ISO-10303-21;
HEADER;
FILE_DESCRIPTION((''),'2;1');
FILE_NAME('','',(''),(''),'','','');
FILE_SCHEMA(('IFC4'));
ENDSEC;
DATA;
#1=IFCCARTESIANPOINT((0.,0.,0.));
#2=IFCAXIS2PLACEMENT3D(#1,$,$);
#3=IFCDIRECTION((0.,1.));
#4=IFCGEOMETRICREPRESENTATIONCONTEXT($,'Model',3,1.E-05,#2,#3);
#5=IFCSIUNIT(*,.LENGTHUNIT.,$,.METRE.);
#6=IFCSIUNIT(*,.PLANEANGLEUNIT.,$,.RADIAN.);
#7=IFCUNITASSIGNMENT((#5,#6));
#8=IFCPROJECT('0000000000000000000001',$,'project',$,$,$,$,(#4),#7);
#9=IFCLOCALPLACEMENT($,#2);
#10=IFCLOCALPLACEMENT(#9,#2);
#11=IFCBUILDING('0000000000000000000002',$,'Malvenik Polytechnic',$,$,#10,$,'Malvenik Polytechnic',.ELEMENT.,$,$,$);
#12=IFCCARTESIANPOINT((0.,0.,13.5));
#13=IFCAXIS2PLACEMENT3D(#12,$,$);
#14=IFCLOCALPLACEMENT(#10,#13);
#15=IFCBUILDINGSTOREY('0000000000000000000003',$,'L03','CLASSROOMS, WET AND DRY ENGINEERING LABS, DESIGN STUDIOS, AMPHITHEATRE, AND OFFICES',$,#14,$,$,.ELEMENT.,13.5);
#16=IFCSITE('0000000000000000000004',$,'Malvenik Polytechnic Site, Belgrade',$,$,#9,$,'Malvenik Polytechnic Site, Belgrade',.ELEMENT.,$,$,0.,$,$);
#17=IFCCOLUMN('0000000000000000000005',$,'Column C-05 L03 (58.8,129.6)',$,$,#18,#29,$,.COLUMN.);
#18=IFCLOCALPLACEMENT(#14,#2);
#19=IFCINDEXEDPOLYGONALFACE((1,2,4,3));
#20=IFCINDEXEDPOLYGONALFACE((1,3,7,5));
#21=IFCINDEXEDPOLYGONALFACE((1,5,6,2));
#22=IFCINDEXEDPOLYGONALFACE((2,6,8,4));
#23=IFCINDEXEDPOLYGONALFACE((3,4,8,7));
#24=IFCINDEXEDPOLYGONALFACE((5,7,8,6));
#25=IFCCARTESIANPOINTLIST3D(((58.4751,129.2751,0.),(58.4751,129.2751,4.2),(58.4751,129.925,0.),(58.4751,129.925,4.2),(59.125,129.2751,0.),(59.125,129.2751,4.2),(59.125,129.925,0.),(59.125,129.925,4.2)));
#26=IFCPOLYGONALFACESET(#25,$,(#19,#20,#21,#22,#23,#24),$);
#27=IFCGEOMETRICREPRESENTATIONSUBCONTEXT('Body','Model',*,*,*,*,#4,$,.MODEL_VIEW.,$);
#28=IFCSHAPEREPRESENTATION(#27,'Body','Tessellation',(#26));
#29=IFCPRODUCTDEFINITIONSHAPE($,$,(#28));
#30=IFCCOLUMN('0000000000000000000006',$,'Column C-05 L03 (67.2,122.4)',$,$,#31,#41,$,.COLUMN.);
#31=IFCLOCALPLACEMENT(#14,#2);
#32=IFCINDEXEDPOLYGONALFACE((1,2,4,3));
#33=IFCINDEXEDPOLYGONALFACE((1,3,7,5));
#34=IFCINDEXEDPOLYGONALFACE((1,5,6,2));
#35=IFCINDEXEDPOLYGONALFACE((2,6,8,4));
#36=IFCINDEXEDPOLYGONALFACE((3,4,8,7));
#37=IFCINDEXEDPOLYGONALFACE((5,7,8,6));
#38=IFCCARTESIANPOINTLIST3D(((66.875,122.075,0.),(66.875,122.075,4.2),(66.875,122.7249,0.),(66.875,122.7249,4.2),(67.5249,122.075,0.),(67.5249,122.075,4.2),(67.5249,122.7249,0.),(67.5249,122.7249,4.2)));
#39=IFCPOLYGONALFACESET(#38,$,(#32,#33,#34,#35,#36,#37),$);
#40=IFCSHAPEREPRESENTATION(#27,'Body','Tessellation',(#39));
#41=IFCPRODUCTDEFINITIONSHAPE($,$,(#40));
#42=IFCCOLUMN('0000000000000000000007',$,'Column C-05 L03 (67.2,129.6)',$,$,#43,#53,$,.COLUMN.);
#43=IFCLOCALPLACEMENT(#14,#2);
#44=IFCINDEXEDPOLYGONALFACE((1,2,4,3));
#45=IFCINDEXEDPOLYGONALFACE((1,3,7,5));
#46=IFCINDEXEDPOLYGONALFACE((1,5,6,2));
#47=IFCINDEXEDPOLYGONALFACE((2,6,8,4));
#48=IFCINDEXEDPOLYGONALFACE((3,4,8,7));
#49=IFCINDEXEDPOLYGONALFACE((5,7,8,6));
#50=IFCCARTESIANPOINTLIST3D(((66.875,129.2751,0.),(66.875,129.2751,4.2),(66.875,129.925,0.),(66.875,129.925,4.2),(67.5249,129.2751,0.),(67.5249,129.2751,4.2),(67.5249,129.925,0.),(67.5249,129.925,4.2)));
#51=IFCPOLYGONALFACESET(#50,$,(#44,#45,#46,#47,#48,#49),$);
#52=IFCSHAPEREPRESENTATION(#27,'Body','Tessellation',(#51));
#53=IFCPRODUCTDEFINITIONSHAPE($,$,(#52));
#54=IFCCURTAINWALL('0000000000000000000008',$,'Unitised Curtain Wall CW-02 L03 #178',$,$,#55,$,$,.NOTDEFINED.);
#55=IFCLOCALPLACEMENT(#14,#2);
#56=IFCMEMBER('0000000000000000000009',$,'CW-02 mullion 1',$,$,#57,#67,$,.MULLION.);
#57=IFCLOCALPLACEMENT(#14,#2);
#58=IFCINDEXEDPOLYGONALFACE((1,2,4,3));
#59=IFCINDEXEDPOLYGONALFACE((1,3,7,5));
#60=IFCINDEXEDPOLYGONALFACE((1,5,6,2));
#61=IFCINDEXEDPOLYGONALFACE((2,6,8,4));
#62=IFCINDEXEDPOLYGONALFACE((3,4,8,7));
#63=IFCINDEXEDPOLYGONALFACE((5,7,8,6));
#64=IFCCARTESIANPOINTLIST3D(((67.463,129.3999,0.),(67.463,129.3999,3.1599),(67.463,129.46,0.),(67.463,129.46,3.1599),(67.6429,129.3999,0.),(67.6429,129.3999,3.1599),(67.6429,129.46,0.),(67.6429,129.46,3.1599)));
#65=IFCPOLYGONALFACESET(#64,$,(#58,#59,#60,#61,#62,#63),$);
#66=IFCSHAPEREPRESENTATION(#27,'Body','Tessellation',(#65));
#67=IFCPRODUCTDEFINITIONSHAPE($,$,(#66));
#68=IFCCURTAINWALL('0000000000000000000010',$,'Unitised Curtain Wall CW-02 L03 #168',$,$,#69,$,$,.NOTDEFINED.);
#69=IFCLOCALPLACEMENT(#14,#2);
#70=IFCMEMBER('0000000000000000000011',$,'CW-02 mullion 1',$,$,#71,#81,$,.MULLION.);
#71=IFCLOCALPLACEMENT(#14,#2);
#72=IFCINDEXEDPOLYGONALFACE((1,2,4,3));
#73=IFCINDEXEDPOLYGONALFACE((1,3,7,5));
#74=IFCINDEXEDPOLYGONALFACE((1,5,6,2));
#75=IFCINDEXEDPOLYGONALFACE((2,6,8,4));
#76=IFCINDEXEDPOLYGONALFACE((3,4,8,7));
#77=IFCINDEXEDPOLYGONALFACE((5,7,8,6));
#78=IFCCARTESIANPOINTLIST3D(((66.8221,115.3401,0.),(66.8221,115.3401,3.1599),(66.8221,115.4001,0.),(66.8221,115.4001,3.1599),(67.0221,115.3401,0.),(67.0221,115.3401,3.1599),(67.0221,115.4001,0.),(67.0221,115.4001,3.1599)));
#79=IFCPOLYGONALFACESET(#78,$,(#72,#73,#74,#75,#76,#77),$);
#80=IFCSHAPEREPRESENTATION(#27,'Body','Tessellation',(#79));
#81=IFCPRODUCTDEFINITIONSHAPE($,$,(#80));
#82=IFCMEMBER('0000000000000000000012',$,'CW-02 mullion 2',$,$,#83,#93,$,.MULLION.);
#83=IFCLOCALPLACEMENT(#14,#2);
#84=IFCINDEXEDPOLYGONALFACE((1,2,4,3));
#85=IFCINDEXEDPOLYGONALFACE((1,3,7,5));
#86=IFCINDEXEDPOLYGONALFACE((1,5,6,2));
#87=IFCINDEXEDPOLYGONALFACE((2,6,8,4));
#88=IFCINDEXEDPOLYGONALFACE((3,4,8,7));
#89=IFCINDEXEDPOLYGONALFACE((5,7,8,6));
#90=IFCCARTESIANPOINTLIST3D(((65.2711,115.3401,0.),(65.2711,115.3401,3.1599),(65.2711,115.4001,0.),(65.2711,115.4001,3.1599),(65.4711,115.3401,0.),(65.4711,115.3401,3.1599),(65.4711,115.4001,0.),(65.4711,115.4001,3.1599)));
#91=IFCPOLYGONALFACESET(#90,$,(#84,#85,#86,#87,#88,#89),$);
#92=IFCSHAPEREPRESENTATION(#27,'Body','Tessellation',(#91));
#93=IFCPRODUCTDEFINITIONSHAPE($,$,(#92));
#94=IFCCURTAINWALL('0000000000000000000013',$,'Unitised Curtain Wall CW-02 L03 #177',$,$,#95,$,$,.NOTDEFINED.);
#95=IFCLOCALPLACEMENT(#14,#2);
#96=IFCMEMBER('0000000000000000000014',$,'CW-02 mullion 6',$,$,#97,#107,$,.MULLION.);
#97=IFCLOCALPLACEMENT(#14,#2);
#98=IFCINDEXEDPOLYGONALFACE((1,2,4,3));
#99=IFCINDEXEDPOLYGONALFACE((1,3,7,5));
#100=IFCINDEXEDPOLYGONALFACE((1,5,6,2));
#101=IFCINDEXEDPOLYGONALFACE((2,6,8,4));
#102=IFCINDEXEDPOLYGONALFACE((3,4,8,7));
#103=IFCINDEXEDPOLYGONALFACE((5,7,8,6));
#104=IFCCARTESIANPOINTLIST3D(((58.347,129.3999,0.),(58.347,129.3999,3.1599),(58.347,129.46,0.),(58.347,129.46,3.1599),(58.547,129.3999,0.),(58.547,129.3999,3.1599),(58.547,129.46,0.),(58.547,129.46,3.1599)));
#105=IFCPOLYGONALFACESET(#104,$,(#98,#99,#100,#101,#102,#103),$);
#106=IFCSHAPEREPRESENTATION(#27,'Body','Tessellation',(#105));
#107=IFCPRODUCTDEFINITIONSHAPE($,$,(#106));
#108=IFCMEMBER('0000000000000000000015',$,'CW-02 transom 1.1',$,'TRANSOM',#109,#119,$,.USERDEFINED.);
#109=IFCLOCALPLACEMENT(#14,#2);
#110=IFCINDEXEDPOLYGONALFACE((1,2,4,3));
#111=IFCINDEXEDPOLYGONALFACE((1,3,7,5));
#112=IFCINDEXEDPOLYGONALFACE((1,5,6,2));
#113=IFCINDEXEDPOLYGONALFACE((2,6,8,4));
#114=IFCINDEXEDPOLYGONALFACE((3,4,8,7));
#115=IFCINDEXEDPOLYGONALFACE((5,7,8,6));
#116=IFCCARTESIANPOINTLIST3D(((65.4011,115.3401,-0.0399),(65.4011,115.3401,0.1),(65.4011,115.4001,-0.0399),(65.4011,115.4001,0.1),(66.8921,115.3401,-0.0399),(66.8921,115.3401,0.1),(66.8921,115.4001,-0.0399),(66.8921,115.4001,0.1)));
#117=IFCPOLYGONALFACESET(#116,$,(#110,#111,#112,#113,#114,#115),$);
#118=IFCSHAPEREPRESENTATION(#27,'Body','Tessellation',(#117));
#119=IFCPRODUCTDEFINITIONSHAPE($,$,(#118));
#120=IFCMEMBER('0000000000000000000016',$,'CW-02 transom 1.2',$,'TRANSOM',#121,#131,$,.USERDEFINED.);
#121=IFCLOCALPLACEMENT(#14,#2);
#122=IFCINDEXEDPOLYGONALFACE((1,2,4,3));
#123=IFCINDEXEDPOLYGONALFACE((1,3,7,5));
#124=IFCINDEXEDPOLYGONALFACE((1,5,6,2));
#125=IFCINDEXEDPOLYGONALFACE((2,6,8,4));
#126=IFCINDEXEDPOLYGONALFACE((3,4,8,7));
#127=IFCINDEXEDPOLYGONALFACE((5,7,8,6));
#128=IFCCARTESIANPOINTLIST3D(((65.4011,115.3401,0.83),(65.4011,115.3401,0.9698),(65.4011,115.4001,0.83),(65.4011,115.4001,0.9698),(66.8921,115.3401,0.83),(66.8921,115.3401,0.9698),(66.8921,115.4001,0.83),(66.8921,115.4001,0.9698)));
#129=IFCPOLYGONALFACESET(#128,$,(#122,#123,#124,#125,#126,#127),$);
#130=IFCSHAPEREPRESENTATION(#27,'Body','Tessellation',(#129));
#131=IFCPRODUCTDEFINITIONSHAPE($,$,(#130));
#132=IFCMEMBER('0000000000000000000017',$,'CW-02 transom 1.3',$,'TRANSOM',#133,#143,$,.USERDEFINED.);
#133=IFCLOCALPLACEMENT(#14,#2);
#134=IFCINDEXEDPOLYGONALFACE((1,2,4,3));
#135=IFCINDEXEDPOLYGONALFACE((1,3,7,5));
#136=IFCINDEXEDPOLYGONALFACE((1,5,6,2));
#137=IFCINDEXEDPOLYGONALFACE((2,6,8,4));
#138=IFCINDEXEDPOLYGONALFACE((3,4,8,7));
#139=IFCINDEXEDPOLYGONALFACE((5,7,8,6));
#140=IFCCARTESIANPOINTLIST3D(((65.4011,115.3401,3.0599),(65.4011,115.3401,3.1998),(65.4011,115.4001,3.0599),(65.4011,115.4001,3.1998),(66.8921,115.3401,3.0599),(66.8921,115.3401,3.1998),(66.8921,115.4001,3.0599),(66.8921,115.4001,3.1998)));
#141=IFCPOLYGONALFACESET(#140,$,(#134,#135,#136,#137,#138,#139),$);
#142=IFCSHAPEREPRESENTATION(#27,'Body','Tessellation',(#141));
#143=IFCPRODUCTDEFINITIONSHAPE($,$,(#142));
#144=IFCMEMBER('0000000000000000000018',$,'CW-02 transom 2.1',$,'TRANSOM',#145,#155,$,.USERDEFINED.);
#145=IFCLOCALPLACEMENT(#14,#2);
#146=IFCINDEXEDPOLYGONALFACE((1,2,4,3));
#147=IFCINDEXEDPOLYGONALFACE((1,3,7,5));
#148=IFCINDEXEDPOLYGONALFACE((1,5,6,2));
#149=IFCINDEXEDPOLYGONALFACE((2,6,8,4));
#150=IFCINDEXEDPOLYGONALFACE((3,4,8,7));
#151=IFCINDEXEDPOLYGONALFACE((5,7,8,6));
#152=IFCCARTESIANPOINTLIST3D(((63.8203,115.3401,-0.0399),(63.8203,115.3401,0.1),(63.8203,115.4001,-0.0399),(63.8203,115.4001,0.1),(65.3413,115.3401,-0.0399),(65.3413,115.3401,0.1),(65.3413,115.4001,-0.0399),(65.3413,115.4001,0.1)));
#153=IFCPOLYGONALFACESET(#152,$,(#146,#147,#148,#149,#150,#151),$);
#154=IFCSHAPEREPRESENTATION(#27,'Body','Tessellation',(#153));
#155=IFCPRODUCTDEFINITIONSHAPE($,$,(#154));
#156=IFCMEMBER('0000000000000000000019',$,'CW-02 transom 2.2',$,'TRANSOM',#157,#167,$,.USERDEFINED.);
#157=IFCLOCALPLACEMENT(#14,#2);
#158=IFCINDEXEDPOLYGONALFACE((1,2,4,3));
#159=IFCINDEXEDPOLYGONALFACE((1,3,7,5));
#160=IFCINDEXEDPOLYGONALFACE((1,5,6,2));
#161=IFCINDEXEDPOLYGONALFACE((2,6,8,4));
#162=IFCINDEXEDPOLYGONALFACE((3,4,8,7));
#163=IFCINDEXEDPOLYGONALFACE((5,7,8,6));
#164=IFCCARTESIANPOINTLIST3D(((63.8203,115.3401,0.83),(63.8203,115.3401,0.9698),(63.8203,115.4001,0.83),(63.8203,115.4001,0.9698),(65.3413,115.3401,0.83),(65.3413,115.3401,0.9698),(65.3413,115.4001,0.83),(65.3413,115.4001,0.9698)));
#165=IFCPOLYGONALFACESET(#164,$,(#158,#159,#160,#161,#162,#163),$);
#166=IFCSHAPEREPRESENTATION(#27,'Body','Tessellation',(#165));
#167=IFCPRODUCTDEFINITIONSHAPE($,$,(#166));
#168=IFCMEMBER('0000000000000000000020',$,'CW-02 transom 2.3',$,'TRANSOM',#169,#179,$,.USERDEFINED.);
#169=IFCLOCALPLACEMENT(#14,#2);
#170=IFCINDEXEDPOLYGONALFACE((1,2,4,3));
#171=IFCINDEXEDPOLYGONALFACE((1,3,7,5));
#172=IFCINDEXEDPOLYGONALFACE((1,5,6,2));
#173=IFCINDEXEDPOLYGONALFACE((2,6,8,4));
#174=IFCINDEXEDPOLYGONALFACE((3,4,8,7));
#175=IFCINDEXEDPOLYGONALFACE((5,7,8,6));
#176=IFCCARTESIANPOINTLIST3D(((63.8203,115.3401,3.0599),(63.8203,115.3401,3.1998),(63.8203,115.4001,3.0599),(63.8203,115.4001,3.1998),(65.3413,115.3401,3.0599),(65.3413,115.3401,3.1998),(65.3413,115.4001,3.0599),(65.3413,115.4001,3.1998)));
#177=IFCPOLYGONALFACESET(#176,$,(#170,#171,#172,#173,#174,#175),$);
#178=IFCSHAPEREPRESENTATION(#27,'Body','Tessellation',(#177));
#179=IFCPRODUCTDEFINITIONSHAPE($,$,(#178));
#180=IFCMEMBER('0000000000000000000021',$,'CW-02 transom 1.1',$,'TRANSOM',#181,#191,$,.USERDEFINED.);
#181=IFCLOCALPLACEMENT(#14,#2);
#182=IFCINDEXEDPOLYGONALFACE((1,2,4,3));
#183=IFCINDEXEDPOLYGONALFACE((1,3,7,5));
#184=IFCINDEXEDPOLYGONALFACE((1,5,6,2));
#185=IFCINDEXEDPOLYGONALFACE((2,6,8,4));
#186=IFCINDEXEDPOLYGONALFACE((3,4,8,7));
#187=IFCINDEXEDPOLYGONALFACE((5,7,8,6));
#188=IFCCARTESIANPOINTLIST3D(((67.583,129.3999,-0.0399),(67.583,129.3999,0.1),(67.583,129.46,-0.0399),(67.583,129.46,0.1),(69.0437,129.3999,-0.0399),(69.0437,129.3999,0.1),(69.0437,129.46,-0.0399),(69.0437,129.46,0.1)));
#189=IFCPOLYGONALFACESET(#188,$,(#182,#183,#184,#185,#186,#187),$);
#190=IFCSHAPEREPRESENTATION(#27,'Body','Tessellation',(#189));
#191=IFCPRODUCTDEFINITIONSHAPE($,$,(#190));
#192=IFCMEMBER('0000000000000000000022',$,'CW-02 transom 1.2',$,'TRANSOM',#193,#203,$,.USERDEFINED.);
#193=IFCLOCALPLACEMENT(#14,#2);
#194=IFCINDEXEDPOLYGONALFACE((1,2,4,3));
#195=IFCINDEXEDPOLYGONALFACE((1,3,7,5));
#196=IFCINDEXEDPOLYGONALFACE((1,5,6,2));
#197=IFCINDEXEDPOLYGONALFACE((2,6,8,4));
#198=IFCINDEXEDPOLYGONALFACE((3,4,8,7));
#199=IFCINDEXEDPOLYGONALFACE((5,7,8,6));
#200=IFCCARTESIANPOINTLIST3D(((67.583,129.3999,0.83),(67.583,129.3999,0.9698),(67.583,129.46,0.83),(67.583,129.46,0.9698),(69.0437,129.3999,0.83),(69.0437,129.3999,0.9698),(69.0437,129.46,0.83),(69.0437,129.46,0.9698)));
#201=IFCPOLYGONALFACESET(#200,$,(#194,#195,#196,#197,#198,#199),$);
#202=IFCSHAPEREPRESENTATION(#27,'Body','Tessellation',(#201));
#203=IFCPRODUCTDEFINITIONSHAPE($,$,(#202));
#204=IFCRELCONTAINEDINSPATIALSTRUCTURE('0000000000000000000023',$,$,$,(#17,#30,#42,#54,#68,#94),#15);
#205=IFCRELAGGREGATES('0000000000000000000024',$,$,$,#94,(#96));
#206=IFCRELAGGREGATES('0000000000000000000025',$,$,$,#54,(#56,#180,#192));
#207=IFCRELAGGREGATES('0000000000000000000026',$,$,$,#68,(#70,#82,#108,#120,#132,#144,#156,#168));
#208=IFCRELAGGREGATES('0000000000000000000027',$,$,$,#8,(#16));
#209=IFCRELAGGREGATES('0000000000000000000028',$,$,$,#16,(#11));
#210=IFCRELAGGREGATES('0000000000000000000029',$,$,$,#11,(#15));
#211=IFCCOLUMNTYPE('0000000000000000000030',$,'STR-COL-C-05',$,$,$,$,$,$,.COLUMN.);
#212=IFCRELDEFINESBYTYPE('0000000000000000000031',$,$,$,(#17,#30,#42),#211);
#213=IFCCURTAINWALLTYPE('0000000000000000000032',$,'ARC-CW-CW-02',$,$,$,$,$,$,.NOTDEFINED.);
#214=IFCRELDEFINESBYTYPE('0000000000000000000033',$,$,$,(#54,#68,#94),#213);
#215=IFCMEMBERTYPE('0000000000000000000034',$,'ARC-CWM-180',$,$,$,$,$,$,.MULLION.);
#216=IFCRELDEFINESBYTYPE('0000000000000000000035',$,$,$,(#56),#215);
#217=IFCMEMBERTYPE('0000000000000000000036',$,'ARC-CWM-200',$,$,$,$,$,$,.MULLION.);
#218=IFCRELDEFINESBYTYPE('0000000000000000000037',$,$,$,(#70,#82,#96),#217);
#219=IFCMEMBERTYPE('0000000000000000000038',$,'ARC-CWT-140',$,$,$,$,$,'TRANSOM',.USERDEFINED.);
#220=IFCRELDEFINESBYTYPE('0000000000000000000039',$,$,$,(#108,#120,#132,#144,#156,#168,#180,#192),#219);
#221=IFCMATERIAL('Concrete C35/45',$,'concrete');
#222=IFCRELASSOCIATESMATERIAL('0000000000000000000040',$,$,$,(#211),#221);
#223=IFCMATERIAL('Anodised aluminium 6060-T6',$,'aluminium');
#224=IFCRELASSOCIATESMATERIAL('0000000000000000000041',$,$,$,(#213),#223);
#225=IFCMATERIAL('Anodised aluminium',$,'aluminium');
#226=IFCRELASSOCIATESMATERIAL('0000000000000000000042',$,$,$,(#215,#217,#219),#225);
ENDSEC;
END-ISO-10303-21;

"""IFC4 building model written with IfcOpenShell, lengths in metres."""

from ifc_helpers import new_model, si_unit, direction, frame, origin, origin_2d, place, context, subcontext, project, spatial, rectangle, extrude, material, material_profile, profile_set, type_object, element, aggregate, save


model = new_model("IFC4")

# Units and contexts
model_context = context("Model", 3, precision=1e-05, world=origin(), true_north=direction((0.0, 1.0)))
body_context = subcontext(model_context, "Body", "Model", "MODEL_VIEW")
ifc_project = project(units=[si_unit("LENGTHUNIT", "METRE"), si_unit("PLANEANGLEUNIT", "RADIAN")], contexts=[model_context])

# Site, building, storey
site_placement = place(None, origin())
site = spatial("IfcSite", under=ifc_project, at=site_placement, Name="Malvenik Polytechnic Site, Belgrade", LongName="Malvenik Polytechnic Site, Belgrade", CompositionType="ELEMENT", RefElevation=0.0)
building_placement = place(site_placement, origin())
building = spatial("IfcBuilding", under=site, at=building_placement, Name="Malvenik Polytechnic", LongName="Malvenik Polytechnic", CompositionType="ELEMENT")
storey_placement = place(building_placement, frame((0.0, 0.0, 13.5)))
storey = spatial("IfcBuildingStorey", under=building, at=storey_placement, Name="L03", Description="CLASSROOMS, WET AND DRY ENGINEERING LABS, DESIGN STUDIOS, AMPHITHEATRE, AND OFFICES", CompositionType="ELEMENT", Elevation=13.5)

# Columns
ifc_material_1 = material(Name="Concrete C35/45", Category="concrete")
ifc_material_profile_1 = material_profile(ifc_material_1, rectangle(XDim=0.6499, YDim=0.6499, at=origin_2d()), Name="RC COL 650x650")
ifc_profile_set_1 = profile_set([ifc_material_profile_1], Name="Concrete C35/45")
column_type = type_object("IfcColumnType", Name="STR-COL-C-05", PredefinedType="COLUMN", material=ifc_profile_set_1)
for number, where, z_axis, x_axis, name in (
    (1, (58.8, 129.6001, 0.0), (0.0, 0.0, 1.0), (1.0, 0.0, 0.0), "Column C-05 L03 (58.8,129.6)"),
    (2, (67.2, 122.3999, 0.0), (0.0, 0.0, 1.0), (1.0, 0.0, 0.0), "Column C-05 L03 (67.2,122.4)"),
    (3, (67.2, 129.6001, 0.0), (0.0, 0.0, 1.0), (1.0, 0.0, 0.0), "Column C-05 L03 (67.2,129.6)"),
):
    element("IfcColumn", number, at=place(storey_placement, frame(where, z_axis=z_axis, x_axis=x_axis)), inside=storey, type_object=column_type, Name=name, PredefinedType="COLUMN", context=body_context, shape_type="SweptSolid", body=[
        extrude(rectangle(XDim=0.6499, YDim=0.6499, at=origin_2d()), origin(), (0.0, 0.0, 1.0), 4.2),
    ])

# Curtain wall, member
ifc_material_2 = material(Name="Anodised aluminium 6060-T6", Category="aluminium")
curtain_wall_type = type_object("IfcCurtainWallType", Name="ARC-CW-CW-02", PredefinedType="NOTDEFINED", material=ifc_material_2)
curtain_wall_1_placement = place(storey_placement, origin())
curtain_wall_1 = element("IfcCurtainWall", 4, at=curtain_wall_1_placement, inside=storey, type_object=curtain_wall_type, Name="Unitised Curtain Wall CW-02 L03 #178", PredefinedType="NOTDEFINED")
ifc_material_3 = material(Name="Anodised aluminium", Category="aluminium")
ifc_material_profile_2 = material_profile(ifc_material_3, rectangle(XDim=0.0601, YDim=0.1799, at=origin_2d()), Name="ALU MULLION 60x180")
ifc_profile_set_2 = profile_set([ifc_material_profile_2], Name="Anodised aluminium")
member_type_1 = type_object("IfcMemberType", Name="ARC-CWM-180", PredefinedType="MULLION", material=ifc_profile_set_2)
member_1_placement = place(storey_placement, frame((67.553, 129.4299, 0.0), z_axis=(0.0, 0.0, 1.0), x_axis=(0.0, 1.0, 0.0)))
member_1 = element("IfcMember", 5, at=member_1_placement, type_object=member_type_1, Name="CW-02 mullion 1", PredefinedType="MULLION", context=body_context, shape_type="SweptSolid", body=[
    extrude(rectangle(XDim=0.0601, YDim=0.1799, at=origin_2d()), origin(), (0.0, 0.0, 1.0), 3.1599),
])

# Curtain wall, members
curtain_wall_2_placement = place(storey_placement, origin())
curtain_wall_2 = element("IfcCurtainWall", 6, at=curtain_wall_2_placement, inside=storey, type_object=curtain_wall_type, Name="Unitised Curtain Wall CW-02 L03 #168", PredefinedType="NOTDEFINED")
ifc_material_profile_3 = material_profile(ifc_material_3, rectangle(XDim=0.0601, YDim=0.2, at=origin_2d()), Name="ALU MULLION 60x200")
ifc_profile_set_3 = profile_set([ifc_material_profile_3], Name="Anodised aluminium")
member_type_2 = type_object("IfcMemberType", Name="ARC-CWM-200", PredefinedType="MULLION", material=ifc_profile_set_3)
member_2_placement = place(storey_placement, frame((66.9221, 115.3701, 0.0), z_axis=(0.0, 0.0, 1.0), x_axis=(0.0, -1.0, 0.0)))
member_2 = element("IfcMember", 7, at=member_2_placement, type_object=member_type_2, Name="CW-02 mullion 1", PredefinedType="MULLION", context=body_context, shape_type="SweptSolid", body=[
    extrude(rectangle(XDim=0.0601, YDim=0.2, at=origin_2d()), origin(), (0.0, 0.0, 1.0), 3.1599),
])
member_3_placement = place(storey_placement, frame((65.3711, 115.3701, 0.0), z_axis=(0.0, 0.0, 1.0), x_axis=(0.0, -1.0, 0.0)))
member_3 = element("IfcMember", 8, at=member_3_placement, type_object=member_type_2, Name="CW-02 mullion 2", PredefinedType="MULLION", context=body_context, shape_type="SweptSolid", body=[
    extrude(rectangle(XDim=0.0601, YDim=0.2, at=origin_2d()), origin(), (0.0, 0.0, 1.0), 3.1599),
])

# Curtain wall, member
curtain_wall_3_placement = place(storey_placement, origin())
curtain_wall_3 = element("IfcCurtainWall", 9, at=curtain_wall_3_placement, inside=storey, type_object=curtain_wall_type, Name="Unitised Curtain Wall CW-02 L03 #177", PredefinedType="NOTDEFINED")
member_4_placement = place(storey_placement, frame((58.447, 129.4299, 0.0), z_axis=(0.0, 0.0, 1.0), x_axis=(0.0, 1.0, 0.0)))
member_4 = element("IfcMember", 10, at=member_4_placement, type_object=member_type_2, Name="CW-02 mullion 6", PredefinedType="MULLION", context=body_context, shape_type="SweptSolid", body=[
    extrude(rectangle(XDim=0.0601, YDim=0.2, at=origin_2d()), origin(), (0.0, 0.0, 1.0), 3.1599),
])
aggregate(curtain_wall_3, [member_4])

# Members
ifc_material_profile_4 = material_profile(ifc_material_3, rectangle(XDim=0.0601, YDim=0.1399, at=origin_2d()), Name="ALU TRANSOM 60x140")
ifc_profile_set_4 = profile_set([ifc_material_profile_4], Name="Anodised aluminium")
member_type_3 = type_object("IfcMemberType", Name="ARC-CWT-140", ElementType="TRANSOM", PredefinedType="USERDEFINED", material=ifc_profile_set_4)
member_5_placement = place(storey_placement, frame((66.8921, 115.3701, 0.03), z_axis=(-1.0, 0.0, 0.0), x_axis=(0.0, -1.0, 0.0)))
member_5 = element("IfcMember", 11, at=member_5_placement, type_object=member_type_3, Name="CW-02 transom 1.1", ObjectType="TRANSOM", PredefinedType="USERDEFINED", context=body_context, shape_type="SweptSolid", body=[
    extrude(rectangle(XDim=0.0601, YDim=0.1399, at=origin_2d()), origin(), (0.0, 0.0, 1.0), 1.491),
])
member_6_placement = place(storey_placement, frame((66.8921, 115.3701, 0.8999), z_axis=(-1.0, 0.0, 0.0), x_axis=(0.0, -1.0, 0.0)))
member_6 = element("IfcMember", 12, at=member_6_placement, type_object=member_type_3, Name="CW-02 transom 1.2", ObjectType="TRANSOM", PredefinedType="USERDEFINED", context=body_context, shape_type="SweptSolid", body=[
    extrude(rectangle(XDim=0.0601, YDim=0.1399, at=origin_2d()), origin(), (0.0, 0.0, 1.0), 1.491),
])
member_7_placement = place(storey_placement, frame((66.8921, 115.3701, 3.1299), z_axis=(-1.0, 0.0, 0.0), x_axis=(0.0, -1.0, 0.0)))
member_7 = element("IfcMember", 13, at=member_7_placement, type_object=member_type_3, Name="CW-02 transom 1.3", ObjectType="TRANSOM", PredefinedType="USERDEFINED", context=body_context, shape_type="SweptSolid", body=[
    extrude(rectangle(XDim=0.0601, YDim=0.1399, at=origin_2d()), origin(), (0.0, 0.0, 1.0), 1.491),
])
member_8_placement = place(storey_placement, frame((65.3413, 115.3701, 0.03), z_axis=(-1.0, 0.0, 0.0), x_axis=(0.0, -1.0, 0.0)))
member_8 = element("IfcMember", 14, at=member_8_placement, type_object=member_type_3, Name="CW-02 transom 2.1", ObjectType="TRANSOM", PredefinedType="USERDEFINED", context=body_context, shape_type="SweptSolid", body=[
    extrude(rectangle(XDim=0.0601, YDim=0.1399, at=origin_2d()), origin(), (0.0, 0.0, 1.0), 1.521),
])
member_9_placement = place(storey_placement, frame((65.3413, 115.3701, 0.8999), z_axis=(-1.0, 0.0, 0.0), x_axis=(0.0, -1.0, 0.0)))
member_9 = element("IfcMember", 15, at=member_9_placement, type_object=member_type_3, Name="CW-02 transom 2.2", ObjectType="TRANSOM", PredefinedType="USERDEFINED", context=body_context, shape_type="SweptSolid", body=[
    extrude(rectangle(XDim=0.0601, YDim=0.1399, at=origin_2d()), origin(), (0.0, 0.0, 1.0), 1.521),
])
member_10_placement = place(storey_placement, frame((65.3413, 115.3701, 3.1299), z_axis=(-1.0, 0.0, 0.0), x_axis=(0.0, -1.0, 0.0)))
member_10 = element("IfcMember", 16, at=member_10_placement, type_object=member_type_3, Name="CW-02 transom 2.3", ObjectType="TRANSOM", PredefinedType="USERDEFINED", context=body_context, shape_type="SweptSolid", body=[
    extrude(rectangle(XDim=0.0601, YDim=0.1399, at=origin_2d()), origin(), (0.0, 0.0, 1.0), 1.521),
])
member_11_placement = place(storey_placement, frame((67.583, 129.4299, 0.03), z_axis=(1.0, 0.0, 0.0), x_axis=(0.0, 1.0, 0.0)))
member_11 = element("IfcMember", 17, at=member_11_placement, type_object=member_type_3, Name="CW-02 transom 1.1", ObjectType="TRANSOM", PredefinedType="USERDEFINED", context=body_context, shape_type="SweptSolid", body=[
    extrude(rectangle(XDim=0.0601, YDim=0.1399, at=origin_2d()), origin(), (0.0, 0.0, 1.0), 1.4607),
])
member_12_placement = place(storey_placement, frame((67.583, 129.4299, 0.8999), z_axis=(1.0, 0.0, 0.0), x_axis=(0.0, 1.0, 0.0)))
member_12 = element("IfcMember", 18, at=member_12_placement, type_object=member_type_3, Name="CW-02 transom 1.2", ObjectType="TRANSOM", PredefinedType="USERDEFINED", context=body_context, shape_type="SweptSolid", body=[
    extrude(rectangle(XDim=0.0601, YDim=0.1399, at=origin_2d()), origin(), (0.0, 0.0, 1.0), 1.4607),
])
aggregate(curtain_wall_1, [member_1, member_11, member_12])

aggregate(curtain_wall_2, [member_2, member_3, member_5, member_6, member_7, member_8, member_9, member_10])

save(model, "model.ifc")
